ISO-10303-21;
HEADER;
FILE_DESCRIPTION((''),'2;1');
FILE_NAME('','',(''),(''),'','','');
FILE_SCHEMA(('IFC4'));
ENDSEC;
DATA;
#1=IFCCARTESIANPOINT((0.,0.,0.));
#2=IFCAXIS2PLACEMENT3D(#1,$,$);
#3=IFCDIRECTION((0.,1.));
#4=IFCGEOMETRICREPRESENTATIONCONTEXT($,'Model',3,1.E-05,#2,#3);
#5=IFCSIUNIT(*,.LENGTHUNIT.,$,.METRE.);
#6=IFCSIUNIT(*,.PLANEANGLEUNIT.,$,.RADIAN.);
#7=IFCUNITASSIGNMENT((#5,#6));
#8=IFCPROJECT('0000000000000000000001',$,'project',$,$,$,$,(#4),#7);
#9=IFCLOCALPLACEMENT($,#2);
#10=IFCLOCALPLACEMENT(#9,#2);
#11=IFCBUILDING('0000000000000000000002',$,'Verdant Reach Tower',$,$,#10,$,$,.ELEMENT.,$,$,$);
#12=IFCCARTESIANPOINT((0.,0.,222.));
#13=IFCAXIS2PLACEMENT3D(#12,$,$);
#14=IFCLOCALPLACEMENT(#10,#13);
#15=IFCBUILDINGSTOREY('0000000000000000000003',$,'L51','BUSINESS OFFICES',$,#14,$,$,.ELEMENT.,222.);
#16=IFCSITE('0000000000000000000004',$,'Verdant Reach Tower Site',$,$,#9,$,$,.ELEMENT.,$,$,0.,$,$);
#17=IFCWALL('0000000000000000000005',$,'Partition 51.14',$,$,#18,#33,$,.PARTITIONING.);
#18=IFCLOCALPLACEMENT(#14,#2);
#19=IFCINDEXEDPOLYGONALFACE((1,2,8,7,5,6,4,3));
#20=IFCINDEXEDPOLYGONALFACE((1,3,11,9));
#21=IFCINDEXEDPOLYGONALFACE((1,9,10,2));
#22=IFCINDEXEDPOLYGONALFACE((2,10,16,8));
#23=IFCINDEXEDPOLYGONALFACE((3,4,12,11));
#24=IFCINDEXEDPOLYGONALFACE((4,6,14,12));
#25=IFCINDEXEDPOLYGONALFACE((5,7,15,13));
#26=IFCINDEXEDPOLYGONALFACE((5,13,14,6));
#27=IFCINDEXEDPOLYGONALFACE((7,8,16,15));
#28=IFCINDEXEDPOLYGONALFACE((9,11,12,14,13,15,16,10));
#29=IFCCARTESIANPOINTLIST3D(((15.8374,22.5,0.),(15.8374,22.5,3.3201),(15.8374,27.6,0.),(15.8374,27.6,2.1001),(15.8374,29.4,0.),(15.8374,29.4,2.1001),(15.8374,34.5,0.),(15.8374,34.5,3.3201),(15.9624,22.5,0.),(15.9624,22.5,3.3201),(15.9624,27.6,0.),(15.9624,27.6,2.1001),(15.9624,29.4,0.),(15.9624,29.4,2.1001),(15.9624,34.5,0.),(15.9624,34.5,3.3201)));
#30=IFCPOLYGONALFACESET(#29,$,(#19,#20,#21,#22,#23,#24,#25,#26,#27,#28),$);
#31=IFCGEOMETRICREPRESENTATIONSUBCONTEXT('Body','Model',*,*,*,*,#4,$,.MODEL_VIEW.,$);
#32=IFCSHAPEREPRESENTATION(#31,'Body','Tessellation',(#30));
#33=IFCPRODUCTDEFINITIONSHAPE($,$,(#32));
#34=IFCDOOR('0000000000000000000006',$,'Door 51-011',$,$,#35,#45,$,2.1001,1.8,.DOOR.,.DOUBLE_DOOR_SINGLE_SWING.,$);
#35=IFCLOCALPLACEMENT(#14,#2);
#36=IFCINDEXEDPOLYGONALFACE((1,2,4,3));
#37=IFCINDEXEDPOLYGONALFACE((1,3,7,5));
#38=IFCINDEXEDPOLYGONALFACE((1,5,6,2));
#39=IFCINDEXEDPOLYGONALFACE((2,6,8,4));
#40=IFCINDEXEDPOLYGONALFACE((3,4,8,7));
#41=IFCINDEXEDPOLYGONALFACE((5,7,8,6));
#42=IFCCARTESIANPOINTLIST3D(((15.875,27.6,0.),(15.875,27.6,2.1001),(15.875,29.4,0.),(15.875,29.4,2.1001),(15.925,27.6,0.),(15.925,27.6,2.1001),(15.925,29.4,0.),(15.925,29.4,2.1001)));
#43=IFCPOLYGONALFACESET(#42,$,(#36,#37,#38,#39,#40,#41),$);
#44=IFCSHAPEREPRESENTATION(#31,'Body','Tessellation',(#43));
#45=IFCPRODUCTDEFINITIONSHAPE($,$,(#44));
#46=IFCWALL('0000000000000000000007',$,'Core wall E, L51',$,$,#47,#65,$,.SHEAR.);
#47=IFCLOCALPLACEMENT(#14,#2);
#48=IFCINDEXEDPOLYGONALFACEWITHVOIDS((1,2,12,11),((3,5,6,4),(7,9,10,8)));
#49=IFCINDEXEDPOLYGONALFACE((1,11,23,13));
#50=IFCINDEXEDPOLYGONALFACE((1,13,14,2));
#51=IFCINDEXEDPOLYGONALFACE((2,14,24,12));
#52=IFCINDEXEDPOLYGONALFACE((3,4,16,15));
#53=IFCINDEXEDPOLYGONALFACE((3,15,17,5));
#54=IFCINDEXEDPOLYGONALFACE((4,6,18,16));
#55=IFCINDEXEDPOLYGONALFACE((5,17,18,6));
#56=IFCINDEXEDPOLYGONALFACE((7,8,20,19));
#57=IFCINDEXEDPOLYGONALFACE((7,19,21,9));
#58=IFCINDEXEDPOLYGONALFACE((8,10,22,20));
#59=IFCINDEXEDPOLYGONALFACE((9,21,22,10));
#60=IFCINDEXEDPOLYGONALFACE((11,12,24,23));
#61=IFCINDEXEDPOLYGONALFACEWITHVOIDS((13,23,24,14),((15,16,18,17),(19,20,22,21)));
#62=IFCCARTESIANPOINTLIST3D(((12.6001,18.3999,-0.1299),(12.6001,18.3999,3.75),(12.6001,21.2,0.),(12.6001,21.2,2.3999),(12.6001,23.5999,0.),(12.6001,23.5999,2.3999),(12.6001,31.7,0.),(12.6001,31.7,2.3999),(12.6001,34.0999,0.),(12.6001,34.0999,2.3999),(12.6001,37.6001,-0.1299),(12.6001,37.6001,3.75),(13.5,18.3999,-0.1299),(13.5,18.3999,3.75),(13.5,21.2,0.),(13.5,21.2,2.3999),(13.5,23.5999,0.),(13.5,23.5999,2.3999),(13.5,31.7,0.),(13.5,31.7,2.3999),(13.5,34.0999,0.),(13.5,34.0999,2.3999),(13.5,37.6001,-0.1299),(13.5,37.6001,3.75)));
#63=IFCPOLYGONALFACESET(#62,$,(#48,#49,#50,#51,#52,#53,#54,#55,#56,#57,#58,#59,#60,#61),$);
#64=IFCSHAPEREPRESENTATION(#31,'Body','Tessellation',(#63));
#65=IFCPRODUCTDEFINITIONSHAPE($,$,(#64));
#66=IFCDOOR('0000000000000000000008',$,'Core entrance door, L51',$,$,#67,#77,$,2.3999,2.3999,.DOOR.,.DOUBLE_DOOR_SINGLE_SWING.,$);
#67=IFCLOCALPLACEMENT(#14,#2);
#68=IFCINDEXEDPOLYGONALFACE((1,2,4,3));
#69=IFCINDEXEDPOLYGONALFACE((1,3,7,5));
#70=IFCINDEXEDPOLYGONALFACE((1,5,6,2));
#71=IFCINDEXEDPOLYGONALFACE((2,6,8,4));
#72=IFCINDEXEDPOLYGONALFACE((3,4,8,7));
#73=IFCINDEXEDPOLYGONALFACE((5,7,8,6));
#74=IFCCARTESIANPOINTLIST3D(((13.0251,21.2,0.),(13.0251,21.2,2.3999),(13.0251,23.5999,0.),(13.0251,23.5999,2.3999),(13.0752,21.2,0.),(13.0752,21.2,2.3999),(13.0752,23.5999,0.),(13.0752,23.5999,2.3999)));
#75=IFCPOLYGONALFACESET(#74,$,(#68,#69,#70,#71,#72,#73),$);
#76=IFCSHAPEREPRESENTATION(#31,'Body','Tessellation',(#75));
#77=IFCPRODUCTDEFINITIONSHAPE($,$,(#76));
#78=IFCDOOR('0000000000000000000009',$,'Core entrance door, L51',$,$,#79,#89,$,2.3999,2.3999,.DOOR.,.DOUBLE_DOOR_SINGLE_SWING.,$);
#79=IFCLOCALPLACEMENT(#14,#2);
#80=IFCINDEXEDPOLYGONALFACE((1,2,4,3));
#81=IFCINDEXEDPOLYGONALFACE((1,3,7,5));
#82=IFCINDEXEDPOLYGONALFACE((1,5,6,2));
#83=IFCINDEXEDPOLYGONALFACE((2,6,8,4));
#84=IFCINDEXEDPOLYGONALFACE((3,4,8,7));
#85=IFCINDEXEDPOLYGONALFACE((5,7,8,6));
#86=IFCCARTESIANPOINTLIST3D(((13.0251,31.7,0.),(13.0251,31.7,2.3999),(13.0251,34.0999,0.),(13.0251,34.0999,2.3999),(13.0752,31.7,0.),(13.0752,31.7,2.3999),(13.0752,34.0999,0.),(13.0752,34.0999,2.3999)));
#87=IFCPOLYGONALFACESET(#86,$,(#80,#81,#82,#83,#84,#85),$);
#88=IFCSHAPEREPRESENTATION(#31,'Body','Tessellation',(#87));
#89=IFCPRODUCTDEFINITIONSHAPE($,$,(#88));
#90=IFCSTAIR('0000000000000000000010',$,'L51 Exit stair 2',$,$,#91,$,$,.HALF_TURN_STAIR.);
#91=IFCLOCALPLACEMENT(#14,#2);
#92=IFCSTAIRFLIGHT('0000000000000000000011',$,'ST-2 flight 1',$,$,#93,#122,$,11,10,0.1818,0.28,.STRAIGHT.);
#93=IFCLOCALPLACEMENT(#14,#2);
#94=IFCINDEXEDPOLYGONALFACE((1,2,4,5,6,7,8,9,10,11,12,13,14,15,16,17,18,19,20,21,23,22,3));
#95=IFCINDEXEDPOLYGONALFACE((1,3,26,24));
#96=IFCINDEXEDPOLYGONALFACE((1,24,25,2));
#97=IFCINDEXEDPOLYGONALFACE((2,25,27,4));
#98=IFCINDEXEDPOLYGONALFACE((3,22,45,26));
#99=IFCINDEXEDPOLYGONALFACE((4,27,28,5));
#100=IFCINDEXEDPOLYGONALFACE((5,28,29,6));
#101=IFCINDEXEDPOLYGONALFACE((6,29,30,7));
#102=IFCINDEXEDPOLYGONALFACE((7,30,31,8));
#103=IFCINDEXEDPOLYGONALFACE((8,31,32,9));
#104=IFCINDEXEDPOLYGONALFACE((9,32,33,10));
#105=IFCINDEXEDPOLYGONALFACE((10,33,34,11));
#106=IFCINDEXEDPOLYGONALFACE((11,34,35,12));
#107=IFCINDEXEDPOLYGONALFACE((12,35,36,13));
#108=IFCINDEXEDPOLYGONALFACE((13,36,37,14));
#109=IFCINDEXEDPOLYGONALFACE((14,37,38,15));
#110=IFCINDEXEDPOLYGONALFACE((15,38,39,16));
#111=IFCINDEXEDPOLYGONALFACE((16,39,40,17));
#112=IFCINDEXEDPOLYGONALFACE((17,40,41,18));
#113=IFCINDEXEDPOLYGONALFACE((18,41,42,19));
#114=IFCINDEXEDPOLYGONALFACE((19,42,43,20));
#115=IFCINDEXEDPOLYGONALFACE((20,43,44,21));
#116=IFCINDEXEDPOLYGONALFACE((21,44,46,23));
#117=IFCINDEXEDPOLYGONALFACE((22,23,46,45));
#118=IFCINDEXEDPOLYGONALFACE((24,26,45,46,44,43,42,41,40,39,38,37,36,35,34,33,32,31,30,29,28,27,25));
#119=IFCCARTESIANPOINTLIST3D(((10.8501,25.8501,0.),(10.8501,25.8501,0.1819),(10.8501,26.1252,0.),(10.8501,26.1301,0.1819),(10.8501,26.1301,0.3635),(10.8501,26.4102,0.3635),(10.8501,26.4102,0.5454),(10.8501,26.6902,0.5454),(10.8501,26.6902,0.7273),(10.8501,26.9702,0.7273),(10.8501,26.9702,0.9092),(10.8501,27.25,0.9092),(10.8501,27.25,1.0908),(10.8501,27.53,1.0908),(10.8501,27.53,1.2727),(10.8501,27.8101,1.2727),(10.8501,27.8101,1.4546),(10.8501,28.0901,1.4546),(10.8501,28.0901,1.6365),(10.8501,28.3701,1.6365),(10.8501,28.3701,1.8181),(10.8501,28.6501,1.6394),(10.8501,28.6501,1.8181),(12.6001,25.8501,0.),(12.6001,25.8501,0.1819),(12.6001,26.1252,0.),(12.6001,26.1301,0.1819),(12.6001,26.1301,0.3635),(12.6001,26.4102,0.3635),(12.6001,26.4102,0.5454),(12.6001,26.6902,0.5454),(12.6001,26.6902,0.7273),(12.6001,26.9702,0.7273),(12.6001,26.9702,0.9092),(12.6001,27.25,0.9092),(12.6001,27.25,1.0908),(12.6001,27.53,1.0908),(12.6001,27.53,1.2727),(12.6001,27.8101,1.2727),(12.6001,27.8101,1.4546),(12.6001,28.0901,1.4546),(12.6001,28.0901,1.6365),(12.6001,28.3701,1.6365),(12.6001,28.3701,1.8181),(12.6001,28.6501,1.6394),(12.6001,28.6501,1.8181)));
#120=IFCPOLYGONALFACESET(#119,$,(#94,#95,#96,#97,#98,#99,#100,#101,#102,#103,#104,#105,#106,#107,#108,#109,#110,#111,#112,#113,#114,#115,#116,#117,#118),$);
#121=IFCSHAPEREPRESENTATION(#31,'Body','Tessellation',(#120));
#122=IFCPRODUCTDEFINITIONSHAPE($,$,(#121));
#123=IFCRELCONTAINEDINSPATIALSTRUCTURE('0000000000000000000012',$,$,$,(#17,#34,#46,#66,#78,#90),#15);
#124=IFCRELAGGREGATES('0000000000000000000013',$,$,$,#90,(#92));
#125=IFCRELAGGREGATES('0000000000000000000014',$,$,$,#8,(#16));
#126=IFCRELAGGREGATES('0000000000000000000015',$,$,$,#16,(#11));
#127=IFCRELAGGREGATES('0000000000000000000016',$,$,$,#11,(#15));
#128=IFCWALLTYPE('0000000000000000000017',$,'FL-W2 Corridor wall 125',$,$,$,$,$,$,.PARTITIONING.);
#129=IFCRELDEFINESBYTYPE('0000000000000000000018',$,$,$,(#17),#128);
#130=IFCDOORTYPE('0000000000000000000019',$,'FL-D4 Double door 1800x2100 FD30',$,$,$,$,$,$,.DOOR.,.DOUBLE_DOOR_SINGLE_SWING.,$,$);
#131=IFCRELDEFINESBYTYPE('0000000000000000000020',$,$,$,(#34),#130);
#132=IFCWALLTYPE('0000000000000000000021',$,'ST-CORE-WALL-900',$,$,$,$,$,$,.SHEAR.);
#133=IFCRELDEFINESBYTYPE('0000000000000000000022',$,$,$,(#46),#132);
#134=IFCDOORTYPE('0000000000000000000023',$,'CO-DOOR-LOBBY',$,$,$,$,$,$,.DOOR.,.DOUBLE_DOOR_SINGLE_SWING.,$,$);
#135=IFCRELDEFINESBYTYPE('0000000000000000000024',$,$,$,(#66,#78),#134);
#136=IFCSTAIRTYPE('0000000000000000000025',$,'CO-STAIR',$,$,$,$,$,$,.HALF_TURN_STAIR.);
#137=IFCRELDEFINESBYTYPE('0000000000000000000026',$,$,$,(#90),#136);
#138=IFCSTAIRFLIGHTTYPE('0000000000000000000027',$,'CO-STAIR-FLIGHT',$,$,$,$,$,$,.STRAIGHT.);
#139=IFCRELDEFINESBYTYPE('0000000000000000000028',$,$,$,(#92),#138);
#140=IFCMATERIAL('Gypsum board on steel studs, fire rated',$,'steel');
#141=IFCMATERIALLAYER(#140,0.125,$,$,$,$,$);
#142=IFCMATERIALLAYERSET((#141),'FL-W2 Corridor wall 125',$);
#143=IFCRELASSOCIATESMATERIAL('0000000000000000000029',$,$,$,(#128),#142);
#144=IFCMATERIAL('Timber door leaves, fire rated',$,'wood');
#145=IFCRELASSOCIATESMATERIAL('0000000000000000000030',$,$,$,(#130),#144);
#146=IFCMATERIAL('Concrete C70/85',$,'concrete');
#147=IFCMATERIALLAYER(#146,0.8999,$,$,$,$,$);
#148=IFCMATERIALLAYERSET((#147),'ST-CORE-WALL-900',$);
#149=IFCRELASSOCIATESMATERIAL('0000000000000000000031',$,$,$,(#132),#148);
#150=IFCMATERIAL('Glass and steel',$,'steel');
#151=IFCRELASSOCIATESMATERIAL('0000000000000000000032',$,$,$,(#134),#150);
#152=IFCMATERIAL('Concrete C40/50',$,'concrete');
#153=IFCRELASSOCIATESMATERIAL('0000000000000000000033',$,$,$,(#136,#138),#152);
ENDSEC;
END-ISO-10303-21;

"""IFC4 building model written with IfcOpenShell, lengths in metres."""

from ifc_helpers import new_model, si_unit, direction, frame, frame_2d, origin, place, context, subcontext, project, spatial, polyline, rectangle, outline, extrude, material, layer, layer_set, type_object, element, fill, aggregate, save


model = new_model("IFC4")

# Units and contexts
model_context = context("Model", 3, precision=1e-05, world=origin(), true_north=direction((0.0, 1.0)))
body_context = subcontext(model_context, "Body", "Model", "MODEL_VIEW")
ifc_project = project(units=[si_unit("LENGTHUNIT", "METRE"), si_unit("PLANEANGLEUNIT", "RADIAN")], contexts=[model_context])

# Site, building, storey
site_placement = place(None, origin())
site = spatial("IfcSite", under=ifc_project, at=site_placement, Name="Verdant Reach Tower Site", CompositionType="ELEMENT", RefElevation=0.0)
building_placement = place(site_placement, origin())
building = spatial("IfcBuilding", under=site, at=building_placement, Name="Verdant Reach Tower", CompositionType="ELEMENT")
storey_placement = place(building_placement, frame((0.0, 0.0, 222.0)))
storey = spatial("IfcBuildingStorey", under=building, at=storey_placement, Name="L51", Description="BUSINESS OFFICES", CompositionType="ELEMENT", Elevation=222.0)

# Wall, opening, door
ifc_material_1 = material(Name="Gypsum board on steel studs, fire rated", Category="steel")
ifc_layer_1 = layer(ifc_material_1, 0.125)
ifc_layer_set_1 = layer_set([ifc_layer_1], Name="FL-W2 Corridor wall 125")
wall_type_1 = type_object("IfcWallType", Name="FL-W2 Corridor wall 125", PredefinedType="PARTITIONING", material=ifc_layer_set_1)
wall_1_placement = place(storey_placement, frame((15.8999, 22.5, 0.0), z_axis=(0.0, 0.0, 1.0), x_axis=(0.0, 1.0, 0.0)))
wall_1 = element("IfcWall", 1, at=wall_1_placement, inside=storey, type_object=wall_type_1, Name="Partition 51.14", PredefinedType="PARTITIONING", context=body_context, shape_type="SweptSolid", body=[
    extrude(rectangle(XDim=12.0, YDim=0.125, at=frame_2d((6.0, 0.0))), origin(), (0.0, 0.0, 1.0), 3.3201),
])
opening_1_placement = place(wall_1_placement, frame((5.1001, 0.0, 0.0)))
opening_1 = element("IfcOpeningElement", 2, at=opening_1_placement, cuts=wall_1, PredefinedType="OPENING", context=body_context, shape_type="SweptSolid", body=[
    extrude(rectangle(XDim=1.8, YDim=2.1001, at=frame_2d((0.8999, 1.05))), frame((0.0, 0.0725, 0.0), z_axis=(0.0, -1.0, 0.0), x_axis=(1.0, 0.0, 0.0)), (0.0, 0.0, 1.0), 0.145),
])
ifc_material_2 = material(Name="Timber door leaves, fire rated", Category="wood")
door_type_1 = type_object("IfcDoorType", Name="FL-D4 Double door 1800x2100 FD30", OperationType="DOUBLE_DOOR_SINGLE_SWING", PredefinedType="DOOR", material=ifc_material_2)
door_1_placement = place(opening_1_placement, origin())
door_1 = element("IfcDoor", 3, at=door_1_placement, inside=storey, type_object=door_type_1, Name="Door 51-011", OperationType="DOUBLE_DOOR_SINGLE_SWING", OverallHeight=2.1001, OverallWidth=1.8, PredefinedType="DOOR", context=body_context, shape_type="SweptSolid", body=[
    extrude(rectangle(XDim=1.8, YDim=2.1001, at=frame_2d((0.8999, 1.05))), frame((0.0, 0.0249, 0.0), z_axis=(0.0, -1.0, 0.0), x_axis=(1.0, 0.0, 0.0)), (0.0, 0.0, 1.0), 0.05),
])
fill(opening_1, door_1)

# Wall, openings, doors
ifc_material_3 = material(Name="Concrete C70/85", Category="concrete")
ifc_layer_2 = layer(ifc_material_3, 0.8999)
ifc_layer_set_2 = layer_set([ifc_layer_2], Name="ST-CORE-WALL-900")
wall_type_2 = type_object("IfcWallType", Name="ST-CORE-WALL-900", PredefinedType="SHEAR", material=ifc_layer_set_2)
wall_2_placement = place(storey_placement, frame((13.05, 18.3999, -0.1299), z_axis=(0.0, 0.0, 1.0), x_axis=(0.0, 1.0, 0.0)))
wall_2 = element("IfcWall", 4, at=wall_2_placement, inside=storey, type_object=wall_type_2, Name="Core wall E, L51", PredefinedType="SHEAR", context=body_context, shape_type="SweptSolid", body=[
    extrude(rectangle(XDim=19.2002, YDim=0.8999, at=frame_2d((9.6001, 0.0))), origin(), (0.0, 0.0, 1.0), 3.8799),
])
opening_2_placement = place(wall_2_placement, frame((2.8, 0.0, 0.1299)))
opening_2 = element("IfcOpeningElement", 5, at=opening_2_placement, cuts=wall_2, PredefinedType="OPENING", context=body_context, shape_type="SweptSolid", body=[
    extrude(rectangle(XDim=2.3999, YDim=2.3999, at=frame_2d((1.2, 1.2))), frame((0.0, 0.46, 0.0), z_axis=(0.0, -1.0, 0.0), x_axis=(1.0, 0.0, 0.0)), (0.0, 0.0, 1.0), 0.9199),
])
opening_3_placement = place(wall_2_placement, frame((13.3, 0.0, 0.1299)))
opening_3 = element("IfcOpeningElement", 6, at=opening_3_placement, cuts=wall_2, PredefinedType="OPENING", context=body_context, shape_type="SweptSolid", body=[
    extrude(rectangle(XDim=2.3999, YDim=2.3999, at=frame_2d((1.2, 1.2))), frame((0.0, 0.46, 0.0), z_axis=(0.0, -1.0, 0.0), x_axis=(1.0, 0.0, 0.0)), (0.0, 0.0, 1.0), 0.9199),
])
ifc_material_4 = material(Name="Glass and steel", Category="steel")
door_type_2 = type_object("IfcDoorType", Name="CO-DOOR-LOBBY", OperationType="DOUBLE_DOOR_SINGLE_SWING", PredefinedType="DOOR", material=ifc_material_4)
door_2_placement = place(opening_2_placement, origin())
door_2 = element("IfcDoor", 7, at=door_2_placement, inside=storey, type_object=door_type_2, Name="Core entrance door, L51", OperationType="DOUBLE_DOOR_SINGLE_SWING", OverallHeight=2.3999, OverallWidth=2.3999, PredefinedType="DOOR", context=body_context, shape_type="SweptSolid", body=[
    extrude(rectangle(XDim=2.3999, YDim=2.3999, at=frame_2d((1.2, 1.2))), frame((0.0, 0.0249, 0.0), z_axis=(0.0, -1.0, 0.0), x_axis=(1.0, 0.0, 0.0)), (0.0, 0.0, 1.0), 0.05),
])
fill(opening_2, door_2)
door_3_placement = place(opening_3_placement, origin())
door_3 = element("IfcDoor", 8, at=door_3_placement, inside=storey, type_object=door_type_2, Name="Core entrance door, L51", OperationType="DOUBLE_DOOR_SINGLE_SWING", OverallHeight=2.3999, OverallWidth=2.3999, PredefinedType="DOOR", context=body_context, shape_type="SweptSolid", body=[
    extrude(rectangle(XDim=2.3999, YDim=2.3999, at=frame_2d((1.2, 1.2))), frame((0.0, 0.0249, 0.0), z_axis=(0.0, -1.0, 0.0), x_axis=(1.0, 0.0, 0.0)), (0.0, 0.0, 1.0), 0.05),
])
fill(opening_3, door_3)

# Stair, stair flight
ifc_material_5 = material(Name="Concrete C40/50", Category="concrete")
stair_type = type_object("IfcStairType", Name="CO-STAIR", PredefinedType="HALF_TURN_STAIR", material=ifc_material_5)
stair_placement = place(storey_placement, origin())
stair = element("IfcStair", 9, at=stair_placement, inside=storey, type_object=stair_type, Name="L51 Exit stair 2", PredefinedType="HALF_TURN_STAIR")
stair_flight_type = type_object("IfcStairFlightType", Name="CO-STAIR-FLIGHT", PredefinedType="STRAIGHT", material=ifc_material_5)
stair_flight_placement = place(storey_placement, frame((11.7251, 25.8501, 0.0), z_axis=(0.0, 0.0, 1.0), x_axis=(0.0, 1.0, 0.0)))
stair_flight = element("IfcStairFlight", 10, at=stair_flight_placement, type_object=stair_flight_type, Name="ST-2 flight 1", NumberOfRisers=11, NumberOfTreads=10, PredefinedType="STRAIGHT", RiserHeight=0.1818, TreadLength=0.28, context=body_context, shape_type="SweptSolid", body=[
    extrude(outline(polyline([(0.0, 0.0), (0.0, 0.1819), (0.28, 0.1819), (0.28, 0.3635), (0.5601, 0.3635), (0.5601, 0.5454), (0.8401, 0.5454), (0.8401, 0.7273), (1.1201, 0.7273), (1.1201, 0.9092), (1.3999, 0.9092), (1.3999, 1.0908), (1.6799, 1.0908), (1.6799, 1.2727), (1.96, 1.2727), (1.96, 1.4546), (2.24, 1.4546), (2.24, 1.6365), (2.52, 1.6365), (2.52, 1.8181), (2.8, 1.8181), (2.8, 2.0), (2.8, 1.6394), (0.2751, 0.0), (0.0, 0.0)])), frame((0.0, 0.875, 0.0), z_axis=(0.0, -1.0, 0.0), x_axis=(1.0, 0.0, 0.0)), (0.0, 0.0, 1.0), 1.75),
])
aggregate(stair, [stair_flight])

save(model, "model.ifc")
